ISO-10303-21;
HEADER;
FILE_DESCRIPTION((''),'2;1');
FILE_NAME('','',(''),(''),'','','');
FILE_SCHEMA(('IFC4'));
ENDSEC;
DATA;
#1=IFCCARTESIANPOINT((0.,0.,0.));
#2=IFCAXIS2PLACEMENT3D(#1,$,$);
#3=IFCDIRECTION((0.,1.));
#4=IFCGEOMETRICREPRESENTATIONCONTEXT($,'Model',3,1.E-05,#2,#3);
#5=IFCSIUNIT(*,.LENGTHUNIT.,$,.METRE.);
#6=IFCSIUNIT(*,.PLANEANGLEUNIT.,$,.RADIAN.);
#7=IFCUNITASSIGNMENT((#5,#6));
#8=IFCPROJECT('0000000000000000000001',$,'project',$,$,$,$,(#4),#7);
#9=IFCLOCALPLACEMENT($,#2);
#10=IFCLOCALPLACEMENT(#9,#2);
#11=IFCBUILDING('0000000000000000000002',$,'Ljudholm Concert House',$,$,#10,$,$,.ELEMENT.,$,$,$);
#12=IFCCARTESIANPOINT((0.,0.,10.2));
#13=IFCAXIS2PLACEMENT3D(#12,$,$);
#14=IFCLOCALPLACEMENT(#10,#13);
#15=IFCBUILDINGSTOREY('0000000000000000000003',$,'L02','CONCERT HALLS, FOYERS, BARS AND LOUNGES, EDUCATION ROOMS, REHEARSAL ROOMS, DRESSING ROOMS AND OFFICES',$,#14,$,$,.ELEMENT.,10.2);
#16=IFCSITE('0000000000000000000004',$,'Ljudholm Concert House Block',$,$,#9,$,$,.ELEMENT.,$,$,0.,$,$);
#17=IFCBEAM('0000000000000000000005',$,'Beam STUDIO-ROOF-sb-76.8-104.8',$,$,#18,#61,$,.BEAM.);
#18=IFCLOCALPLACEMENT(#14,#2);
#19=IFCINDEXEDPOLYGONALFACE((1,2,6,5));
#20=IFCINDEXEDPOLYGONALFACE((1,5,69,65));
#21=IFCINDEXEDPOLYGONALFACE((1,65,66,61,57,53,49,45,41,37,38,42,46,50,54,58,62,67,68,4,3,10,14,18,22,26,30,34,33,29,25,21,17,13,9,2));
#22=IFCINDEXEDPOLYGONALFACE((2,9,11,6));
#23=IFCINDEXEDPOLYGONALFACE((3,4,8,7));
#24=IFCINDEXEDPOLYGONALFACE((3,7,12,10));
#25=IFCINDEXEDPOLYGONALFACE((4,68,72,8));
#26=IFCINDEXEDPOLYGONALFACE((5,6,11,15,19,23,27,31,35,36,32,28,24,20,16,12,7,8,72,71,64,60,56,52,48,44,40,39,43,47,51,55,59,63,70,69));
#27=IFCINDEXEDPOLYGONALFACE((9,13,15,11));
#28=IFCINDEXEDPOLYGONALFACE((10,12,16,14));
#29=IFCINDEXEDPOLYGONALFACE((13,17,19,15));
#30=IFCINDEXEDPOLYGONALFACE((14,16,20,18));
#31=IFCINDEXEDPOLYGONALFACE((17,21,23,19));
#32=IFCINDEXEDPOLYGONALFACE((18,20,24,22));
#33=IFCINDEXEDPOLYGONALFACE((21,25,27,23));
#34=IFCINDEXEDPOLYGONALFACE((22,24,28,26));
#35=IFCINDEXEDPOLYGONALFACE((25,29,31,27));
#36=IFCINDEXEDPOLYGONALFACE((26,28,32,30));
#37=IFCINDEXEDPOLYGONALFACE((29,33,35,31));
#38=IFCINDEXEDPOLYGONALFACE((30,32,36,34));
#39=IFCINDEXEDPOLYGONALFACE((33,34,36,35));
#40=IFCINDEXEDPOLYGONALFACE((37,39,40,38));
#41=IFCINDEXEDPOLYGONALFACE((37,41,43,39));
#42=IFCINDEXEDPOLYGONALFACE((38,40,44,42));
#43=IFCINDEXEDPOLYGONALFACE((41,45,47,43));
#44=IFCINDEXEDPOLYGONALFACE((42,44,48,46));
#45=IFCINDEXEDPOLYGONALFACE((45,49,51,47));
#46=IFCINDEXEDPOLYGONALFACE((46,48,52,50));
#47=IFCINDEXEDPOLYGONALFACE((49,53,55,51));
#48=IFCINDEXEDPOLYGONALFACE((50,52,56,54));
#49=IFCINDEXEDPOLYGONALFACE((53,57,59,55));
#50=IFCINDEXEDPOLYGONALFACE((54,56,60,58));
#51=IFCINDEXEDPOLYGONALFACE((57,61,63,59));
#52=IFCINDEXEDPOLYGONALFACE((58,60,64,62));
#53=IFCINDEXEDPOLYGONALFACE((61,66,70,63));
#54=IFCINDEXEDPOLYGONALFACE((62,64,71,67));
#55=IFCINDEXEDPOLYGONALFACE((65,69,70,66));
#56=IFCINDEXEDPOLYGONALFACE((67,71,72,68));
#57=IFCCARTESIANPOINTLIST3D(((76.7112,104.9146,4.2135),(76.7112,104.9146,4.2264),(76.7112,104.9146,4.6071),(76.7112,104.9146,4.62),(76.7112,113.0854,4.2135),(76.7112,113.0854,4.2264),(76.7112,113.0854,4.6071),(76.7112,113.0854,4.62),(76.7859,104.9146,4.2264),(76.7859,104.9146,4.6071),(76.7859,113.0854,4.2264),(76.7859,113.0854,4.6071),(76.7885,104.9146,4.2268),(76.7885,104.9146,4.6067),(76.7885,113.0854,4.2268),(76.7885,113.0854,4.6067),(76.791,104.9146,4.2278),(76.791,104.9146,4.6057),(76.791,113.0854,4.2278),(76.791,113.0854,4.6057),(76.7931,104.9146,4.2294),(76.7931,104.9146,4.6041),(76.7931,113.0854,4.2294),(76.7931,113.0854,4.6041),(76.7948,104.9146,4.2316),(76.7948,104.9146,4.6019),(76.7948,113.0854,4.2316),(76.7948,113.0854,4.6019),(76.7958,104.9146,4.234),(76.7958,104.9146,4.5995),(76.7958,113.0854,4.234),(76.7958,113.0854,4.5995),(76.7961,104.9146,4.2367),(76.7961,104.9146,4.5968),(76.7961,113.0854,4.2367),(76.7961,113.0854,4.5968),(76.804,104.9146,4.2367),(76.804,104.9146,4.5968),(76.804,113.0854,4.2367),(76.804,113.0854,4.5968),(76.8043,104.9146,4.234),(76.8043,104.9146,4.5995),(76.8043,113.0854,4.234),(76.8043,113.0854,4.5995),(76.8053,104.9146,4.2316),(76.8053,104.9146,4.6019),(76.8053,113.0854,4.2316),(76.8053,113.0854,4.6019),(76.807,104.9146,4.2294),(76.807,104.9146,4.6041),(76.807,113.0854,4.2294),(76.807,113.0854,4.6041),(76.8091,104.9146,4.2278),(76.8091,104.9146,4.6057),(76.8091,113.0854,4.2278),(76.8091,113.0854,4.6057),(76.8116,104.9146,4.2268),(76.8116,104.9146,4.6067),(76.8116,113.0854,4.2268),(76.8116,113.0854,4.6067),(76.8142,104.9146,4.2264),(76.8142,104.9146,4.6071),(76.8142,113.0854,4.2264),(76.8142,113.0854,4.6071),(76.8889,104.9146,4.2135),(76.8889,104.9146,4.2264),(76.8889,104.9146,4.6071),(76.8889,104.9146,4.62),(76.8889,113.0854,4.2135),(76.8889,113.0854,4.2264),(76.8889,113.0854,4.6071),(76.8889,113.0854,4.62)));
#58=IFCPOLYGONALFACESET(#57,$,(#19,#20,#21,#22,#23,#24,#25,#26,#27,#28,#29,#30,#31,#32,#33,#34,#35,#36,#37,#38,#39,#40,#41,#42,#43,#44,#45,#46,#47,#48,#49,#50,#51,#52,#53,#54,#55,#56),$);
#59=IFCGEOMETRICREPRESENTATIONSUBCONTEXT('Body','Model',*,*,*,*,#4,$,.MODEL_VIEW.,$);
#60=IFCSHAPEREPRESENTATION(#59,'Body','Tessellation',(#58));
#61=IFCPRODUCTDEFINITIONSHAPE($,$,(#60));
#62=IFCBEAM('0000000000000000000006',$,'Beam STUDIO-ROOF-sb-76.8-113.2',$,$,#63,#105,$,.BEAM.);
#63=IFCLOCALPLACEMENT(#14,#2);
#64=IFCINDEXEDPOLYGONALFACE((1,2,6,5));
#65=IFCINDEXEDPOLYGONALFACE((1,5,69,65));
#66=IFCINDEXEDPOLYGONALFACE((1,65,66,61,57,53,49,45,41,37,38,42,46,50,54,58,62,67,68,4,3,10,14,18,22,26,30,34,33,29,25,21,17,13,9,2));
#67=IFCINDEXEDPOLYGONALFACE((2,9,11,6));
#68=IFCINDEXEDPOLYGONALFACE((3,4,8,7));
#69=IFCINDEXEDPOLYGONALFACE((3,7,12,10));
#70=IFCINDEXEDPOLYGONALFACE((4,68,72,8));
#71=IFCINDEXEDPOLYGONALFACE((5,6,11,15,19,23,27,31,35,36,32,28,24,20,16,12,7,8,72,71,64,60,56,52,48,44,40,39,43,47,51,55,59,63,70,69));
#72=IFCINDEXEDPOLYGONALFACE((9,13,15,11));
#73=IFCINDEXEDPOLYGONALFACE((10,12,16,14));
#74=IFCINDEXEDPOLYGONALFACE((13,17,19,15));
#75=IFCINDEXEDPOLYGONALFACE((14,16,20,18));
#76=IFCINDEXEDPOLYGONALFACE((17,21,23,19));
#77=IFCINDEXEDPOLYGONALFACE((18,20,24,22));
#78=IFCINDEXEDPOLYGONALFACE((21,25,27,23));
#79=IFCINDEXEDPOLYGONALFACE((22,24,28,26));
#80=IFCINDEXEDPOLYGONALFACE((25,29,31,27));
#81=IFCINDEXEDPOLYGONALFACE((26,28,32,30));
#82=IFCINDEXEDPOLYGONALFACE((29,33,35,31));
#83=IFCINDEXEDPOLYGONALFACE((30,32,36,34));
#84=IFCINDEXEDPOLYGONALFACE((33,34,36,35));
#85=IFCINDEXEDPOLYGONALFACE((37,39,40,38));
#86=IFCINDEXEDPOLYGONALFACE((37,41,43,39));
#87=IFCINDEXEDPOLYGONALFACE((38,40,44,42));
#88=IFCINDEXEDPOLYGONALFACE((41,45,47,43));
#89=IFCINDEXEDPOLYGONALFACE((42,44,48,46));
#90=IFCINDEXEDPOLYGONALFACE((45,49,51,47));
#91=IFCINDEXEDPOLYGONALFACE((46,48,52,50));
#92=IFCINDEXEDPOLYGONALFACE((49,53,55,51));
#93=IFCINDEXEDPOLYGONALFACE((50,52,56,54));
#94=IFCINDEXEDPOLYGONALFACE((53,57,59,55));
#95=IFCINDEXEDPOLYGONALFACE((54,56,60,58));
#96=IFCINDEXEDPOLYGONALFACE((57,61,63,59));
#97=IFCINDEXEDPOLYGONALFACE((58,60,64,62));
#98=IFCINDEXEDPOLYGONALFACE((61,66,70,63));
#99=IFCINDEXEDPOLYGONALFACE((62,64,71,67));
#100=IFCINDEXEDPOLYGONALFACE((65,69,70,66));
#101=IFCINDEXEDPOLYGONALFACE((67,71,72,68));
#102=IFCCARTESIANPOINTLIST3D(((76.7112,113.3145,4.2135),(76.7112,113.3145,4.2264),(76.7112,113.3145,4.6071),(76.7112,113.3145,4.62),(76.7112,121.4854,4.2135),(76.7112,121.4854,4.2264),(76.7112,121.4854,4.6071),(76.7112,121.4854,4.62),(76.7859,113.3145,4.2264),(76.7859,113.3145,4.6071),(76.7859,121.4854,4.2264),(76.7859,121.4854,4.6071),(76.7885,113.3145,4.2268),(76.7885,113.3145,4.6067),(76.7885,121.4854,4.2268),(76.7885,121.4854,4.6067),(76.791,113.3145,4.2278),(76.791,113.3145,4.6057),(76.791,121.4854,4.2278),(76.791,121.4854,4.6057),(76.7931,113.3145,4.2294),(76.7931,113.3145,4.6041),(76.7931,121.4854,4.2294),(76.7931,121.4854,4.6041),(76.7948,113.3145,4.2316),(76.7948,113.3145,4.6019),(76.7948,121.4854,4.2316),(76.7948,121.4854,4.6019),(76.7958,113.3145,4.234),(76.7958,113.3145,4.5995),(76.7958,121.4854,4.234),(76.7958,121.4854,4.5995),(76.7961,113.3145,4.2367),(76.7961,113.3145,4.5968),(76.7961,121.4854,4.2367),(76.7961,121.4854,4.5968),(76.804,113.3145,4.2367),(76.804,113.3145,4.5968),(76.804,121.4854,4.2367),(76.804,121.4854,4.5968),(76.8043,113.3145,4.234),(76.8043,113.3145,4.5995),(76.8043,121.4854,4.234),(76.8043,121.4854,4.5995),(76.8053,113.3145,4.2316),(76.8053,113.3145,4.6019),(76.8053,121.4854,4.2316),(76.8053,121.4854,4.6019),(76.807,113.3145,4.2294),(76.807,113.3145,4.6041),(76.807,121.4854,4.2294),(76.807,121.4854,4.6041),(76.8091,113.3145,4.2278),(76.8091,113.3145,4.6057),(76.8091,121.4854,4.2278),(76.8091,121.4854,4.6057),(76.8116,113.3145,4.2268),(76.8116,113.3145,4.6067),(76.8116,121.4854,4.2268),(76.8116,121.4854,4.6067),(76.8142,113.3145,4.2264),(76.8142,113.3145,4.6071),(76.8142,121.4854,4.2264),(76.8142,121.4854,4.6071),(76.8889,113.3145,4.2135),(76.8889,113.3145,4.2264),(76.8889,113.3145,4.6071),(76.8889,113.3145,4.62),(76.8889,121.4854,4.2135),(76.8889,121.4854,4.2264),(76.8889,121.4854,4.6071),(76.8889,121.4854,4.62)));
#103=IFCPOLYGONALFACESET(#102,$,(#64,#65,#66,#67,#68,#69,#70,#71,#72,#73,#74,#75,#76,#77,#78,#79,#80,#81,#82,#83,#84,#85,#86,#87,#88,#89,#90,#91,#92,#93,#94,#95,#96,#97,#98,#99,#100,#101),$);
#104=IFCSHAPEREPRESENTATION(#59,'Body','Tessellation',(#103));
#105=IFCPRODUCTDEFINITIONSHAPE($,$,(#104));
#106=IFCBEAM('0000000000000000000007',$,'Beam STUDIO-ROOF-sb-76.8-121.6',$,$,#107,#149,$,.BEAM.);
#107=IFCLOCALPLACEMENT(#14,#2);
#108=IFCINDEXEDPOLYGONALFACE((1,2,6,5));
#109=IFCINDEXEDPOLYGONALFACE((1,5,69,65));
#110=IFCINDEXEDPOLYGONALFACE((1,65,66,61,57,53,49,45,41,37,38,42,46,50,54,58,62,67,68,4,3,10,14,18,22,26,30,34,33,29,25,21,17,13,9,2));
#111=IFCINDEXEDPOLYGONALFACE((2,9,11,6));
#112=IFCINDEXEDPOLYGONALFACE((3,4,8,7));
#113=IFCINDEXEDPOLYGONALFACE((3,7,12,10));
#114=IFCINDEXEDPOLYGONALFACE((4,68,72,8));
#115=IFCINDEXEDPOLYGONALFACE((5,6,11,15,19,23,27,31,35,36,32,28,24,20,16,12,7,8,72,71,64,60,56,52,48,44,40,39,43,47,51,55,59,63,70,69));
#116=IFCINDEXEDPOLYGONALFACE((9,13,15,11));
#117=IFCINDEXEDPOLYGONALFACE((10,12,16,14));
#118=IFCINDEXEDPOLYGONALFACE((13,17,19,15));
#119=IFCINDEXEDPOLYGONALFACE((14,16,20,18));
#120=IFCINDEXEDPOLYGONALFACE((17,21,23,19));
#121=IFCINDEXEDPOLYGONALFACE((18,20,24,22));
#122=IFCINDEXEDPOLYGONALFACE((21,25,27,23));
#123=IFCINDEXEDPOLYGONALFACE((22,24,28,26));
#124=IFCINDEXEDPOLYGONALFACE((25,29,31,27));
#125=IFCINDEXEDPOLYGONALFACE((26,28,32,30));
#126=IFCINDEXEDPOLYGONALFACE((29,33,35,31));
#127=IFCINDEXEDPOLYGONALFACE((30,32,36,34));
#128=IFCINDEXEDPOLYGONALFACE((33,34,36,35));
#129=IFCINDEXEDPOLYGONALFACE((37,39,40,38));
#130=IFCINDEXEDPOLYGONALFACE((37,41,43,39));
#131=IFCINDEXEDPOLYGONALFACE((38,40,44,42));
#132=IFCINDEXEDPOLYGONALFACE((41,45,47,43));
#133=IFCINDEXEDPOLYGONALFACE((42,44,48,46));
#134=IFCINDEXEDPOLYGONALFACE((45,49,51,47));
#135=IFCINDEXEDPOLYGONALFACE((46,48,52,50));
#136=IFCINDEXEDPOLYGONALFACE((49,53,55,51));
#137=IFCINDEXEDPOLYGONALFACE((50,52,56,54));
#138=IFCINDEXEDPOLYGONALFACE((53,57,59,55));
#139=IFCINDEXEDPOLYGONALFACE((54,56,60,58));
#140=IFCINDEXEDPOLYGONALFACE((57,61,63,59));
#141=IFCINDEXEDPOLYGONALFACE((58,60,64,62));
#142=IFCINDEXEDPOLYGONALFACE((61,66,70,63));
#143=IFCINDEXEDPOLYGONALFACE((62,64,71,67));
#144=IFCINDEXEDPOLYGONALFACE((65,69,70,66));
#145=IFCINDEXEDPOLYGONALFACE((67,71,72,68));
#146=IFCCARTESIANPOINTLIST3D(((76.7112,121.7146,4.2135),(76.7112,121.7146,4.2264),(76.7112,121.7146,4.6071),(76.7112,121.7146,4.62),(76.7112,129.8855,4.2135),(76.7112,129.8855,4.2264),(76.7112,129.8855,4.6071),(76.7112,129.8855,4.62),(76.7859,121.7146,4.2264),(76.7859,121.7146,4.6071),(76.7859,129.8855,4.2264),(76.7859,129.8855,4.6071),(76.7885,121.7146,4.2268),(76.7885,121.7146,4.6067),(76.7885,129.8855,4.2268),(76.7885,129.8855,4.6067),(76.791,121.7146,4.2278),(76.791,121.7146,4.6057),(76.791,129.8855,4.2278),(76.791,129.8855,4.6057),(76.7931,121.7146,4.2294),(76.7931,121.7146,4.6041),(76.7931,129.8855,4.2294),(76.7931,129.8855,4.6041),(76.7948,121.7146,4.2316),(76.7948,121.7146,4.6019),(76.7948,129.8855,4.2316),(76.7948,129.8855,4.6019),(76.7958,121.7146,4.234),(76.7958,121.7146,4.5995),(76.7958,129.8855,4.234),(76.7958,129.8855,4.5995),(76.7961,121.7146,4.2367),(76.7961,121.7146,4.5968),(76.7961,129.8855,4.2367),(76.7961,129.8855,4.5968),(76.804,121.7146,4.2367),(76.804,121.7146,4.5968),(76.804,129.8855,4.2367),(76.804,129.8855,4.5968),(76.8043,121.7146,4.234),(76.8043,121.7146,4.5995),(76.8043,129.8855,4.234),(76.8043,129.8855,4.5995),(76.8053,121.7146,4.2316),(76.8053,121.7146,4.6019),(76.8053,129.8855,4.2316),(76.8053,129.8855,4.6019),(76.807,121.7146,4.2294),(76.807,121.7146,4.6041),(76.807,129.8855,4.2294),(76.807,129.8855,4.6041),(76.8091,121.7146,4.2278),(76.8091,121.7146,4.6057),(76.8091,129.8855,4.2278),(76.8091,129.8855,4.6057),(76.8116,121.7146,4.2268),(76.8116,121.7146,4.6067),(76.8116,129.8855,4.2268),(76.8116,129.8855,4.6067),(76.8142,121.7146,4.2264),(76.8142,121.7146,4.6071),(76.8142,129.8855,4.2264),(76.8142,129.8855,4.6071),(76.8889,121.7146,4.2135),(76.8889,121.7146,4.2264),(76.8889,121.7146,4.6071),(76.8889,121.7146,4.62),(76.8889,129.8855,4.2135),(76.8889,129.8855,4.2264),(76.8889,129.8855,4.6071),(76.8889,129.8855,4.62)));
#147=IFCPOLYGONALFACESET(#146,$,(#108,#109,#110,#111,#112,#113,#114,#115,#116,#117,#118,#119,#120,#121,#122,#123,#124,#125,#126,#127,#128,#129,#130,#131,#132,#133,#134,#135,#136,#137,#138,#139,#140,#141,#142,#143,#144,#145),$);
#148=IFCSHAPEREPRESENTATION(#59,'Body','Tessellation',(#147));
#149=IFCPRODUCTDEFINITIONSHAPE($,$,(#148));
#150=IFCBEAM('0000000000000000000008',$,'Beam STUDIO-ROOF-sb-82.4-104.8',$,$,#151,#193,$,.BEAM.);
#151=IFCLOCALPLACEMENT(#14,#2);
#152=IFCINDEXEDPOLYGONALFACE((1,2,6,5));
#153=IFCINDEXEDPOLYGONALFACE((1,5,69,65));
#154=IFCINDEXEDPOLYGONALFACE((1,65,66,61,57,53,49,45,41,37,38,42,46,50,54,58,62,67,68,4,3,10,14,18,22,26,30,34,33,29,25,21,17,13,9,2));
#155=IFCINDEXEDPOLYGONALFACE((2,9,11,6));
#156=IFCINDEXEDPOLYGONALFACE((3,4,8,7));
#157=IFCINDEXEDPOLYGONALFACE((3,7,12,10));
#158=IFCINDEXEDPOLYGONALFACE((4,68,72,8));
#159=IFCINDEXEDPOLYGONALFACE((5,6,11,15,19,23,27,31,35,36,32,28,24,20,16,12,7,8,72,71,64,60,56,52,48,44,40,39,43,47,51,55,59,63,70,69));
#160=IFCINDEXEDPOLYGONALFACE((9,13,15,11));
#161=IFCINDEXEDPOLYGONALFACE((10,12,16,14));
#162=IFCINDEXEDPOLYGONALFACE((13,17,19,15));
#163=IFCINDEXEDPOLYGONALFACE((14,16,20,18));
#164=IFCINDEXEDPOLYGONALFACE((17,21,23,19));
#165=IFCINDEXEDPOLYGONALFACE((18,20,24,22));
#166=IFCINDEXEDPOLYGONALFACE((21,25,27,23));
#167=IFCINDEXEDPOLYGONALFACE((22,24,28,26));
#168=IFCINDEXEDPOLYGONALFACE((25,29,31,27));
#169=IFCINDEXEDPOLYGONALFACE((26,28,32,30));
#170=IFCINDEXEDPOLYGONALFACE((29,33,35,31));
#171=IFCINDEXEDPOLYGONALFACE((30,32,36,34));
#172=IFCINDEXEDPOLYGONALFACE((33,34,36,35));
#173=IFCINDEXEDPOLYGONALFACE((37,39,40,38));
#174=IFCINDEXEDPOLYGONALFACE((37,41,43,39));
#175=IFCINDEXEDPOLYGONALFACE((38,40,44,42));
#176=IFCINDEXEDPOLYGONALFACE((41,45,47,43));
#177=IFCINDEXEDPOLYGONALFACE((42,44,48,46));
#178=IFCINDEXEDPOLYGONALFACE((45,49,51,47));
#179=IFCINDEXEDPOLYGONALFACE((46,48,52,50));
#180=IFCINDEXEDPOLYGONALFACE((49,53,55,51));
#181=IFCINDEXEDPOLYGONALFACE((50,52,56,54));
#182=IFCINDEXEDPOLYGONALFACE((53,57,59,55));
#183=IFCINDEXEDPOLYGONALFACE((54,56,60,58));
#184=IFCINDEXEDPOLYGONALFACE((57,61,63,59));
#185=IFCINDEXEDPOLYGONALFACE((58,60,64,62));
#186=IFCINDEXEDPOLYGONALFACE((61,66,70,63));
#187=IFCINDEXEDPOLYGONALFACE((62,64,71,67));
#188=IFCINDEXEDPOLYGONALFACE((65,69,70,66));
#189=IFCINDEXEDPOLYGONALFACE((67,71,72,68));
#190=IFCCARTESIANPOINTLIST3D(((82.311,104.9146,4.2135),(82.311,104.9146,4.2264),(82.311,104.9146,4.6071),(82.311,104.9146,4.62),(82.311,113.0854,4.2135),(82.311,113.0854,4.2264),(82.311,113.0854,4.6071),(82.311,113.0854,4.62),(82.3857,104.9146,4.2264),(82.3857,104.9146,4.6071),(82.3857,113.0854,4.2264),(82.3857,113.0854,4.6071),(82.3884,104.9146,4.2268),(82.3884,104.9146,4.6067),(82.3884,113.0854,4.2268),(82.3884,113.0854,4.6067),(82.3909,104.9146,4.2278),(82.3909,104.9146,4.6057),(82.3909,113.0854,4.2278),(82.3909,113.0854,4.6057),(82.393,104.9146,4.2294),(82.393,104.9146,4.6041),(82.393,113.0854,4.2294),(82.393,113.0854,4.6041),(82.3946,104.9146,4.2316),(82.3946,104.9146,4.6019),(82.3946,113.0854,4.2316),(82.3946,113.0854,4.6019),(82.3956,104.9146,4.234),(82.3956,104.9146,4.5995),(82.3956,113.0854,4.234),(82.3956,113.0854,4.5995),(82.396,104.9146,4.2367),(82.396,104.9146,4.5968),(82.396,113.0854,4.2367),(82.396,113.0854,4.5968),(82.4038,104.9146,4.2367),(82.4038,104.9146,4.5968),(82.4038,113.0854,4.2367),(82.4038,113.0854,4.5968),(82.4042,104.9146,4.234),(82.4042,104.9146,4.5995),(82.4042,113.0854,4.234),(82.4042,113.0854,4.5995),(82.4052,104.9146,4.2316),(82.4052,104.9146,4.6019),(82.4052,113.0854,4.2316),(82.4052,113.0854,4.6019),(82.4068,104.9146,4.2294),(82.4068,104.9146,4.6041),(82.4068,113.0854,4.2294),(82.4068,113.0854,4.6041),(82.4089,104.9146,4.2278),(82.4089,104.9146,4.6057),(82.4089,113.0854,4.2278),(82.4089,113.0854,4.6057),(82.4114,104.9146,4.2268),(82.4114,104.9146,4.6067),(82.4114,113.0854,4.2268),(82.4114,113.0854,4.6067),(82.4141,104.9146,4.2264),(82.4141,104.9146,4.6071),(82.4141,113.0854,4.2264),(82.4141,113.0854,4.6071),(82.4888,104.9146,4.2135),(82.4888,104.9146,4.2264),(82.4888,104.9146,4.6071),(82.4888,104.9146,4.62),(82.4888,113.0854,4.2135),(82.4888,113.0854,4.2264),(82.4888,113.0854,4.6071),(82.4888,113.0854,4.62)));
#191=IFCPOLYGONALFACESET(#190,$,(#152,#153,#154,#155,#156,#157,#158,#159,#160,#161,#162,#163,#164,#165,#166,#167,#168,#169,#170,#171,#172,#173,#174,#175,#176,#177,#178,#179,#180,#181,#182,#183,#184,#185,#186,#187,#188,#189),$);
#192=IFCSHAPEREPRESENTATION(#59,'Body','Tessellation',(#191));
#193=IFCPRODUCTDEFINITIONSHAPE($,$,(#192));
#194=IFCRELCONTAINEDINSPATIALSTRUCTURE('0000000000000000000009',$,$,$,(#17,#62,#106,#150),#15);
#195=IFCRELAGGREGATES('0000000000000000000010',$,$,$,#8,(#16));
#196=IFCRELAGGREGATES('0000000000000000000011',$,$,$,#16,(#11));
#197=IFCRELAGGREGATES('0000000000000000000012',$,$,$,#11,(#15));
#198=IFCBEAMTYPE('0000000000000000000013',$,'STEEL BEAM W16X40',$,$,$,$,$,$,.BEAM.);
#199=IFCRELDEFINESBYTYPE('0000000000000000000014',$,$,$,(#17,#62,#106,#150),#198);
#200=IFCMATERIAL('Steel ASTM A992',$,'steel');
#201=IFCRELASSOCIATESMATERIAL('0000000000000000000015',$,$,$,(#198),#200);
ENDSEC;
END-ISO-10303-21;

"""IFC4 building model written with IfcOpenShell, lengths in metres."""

from ifc_helpers import new_model, si_unit, direction, frame, origin, origin_2d, place, context, subcontext, project, spatial, i_section, extrude, material, material_profile, profile_set, type_object, element, save


model = new_model("IFC4")

# Units and contexts
model_context = context("Model", 3, precision=1e-05, world=origin(), true_north=direction((0.0, 1.0)))
body_context = subcontext(model_context, "Body", "Model", "MODEL_VIEW")
ifc_project = project(units=[si_unit("LENGTHUNIT", "METRE"), si_unit("PLANEANGLEUNIT", "RADIAN")], contexts=[model_context])

# Site, building, storey
site_placement = place(None, origin())
site = spatial("IfcSite", under=ifc_project, at=site_placement, Name="Ljudholm Concert House Block", CompositionType="ELEMENT", RefElevation=0.0)
building_placement = place(site_placement, origin())
building = spatial("IfcBuilding", under=site, at=building_placement, Name="Ljudholm Concert House", CompositionType="ELEMENT")
storey_placement = place(building_placement, frame((0.0, 0.0, 10.2)))
storey = spatial("IfcBuildingStorey", under=building, at=storey_placement, Name="L02", Description="CONCERT HALLS, FOYERS, BARS AND LOUNGES, EDUCATION ROOMS, REHEARSAL ROOMS, DRESSING ROOMS AND OFFICES", CompositionType="ELEMENT", Elevation=10.2)

# Beams
ifc_material_1 = material(Name="Steel ASTM A992", Category="steel")
ifc_material_profile_1 = material_profile(ifc_material_1, i_section(OverallWidth=0.1777, OverallDepth=0.4065, WebThickness=0.0078, FlangeThickness=0.0129, FilletRadius=0.0103, at=origin_2d()), Name="W16X40")
ifc_profile_set_1 = profile_set([ifc_material_profile_1], Name="Steel ASTM A992")
beam_type_1 = type_object("IfcBeamType", Name="STEEL BEAM W16X40", PredefinedType="BEAM", material=ifc_profile_set_1)
for number, where, z_axis, x_axis, name in (
    (1, (76.8, 104.9146, 4.4167), (0.0, 1.0, 0.0), (-1.0, 0.0, 0.0), "Beam STUDIO-ROOF-sb-76.8-104.8"),
    (2, (76.8, 113.3145, 4.4167), (0.0, 1.0, 0.0), (-1.0, 0.0, 0.0), "Beam STUDIO-ROOF-sb-76.8-113.2"),
    (3, (76.8, 121.7146, 4.4167), (0.0, 1.0, 0.0), (-1.0, 0.0, 0.0), "Beam STUDIO-ROOF-sb-76.8-121.6"),
    (4, (82.3999, 104.9146, 4.4167), (0.0, 1.0, 0.0), (-1.0, 0.0, 0.0), "Beam STUDIO-ROOF-sb-82.4-104.8"),
):
    element("IfcBeam", number, at=place(storey_placement, frame(where, z_axis=z_axis, x_axis=x_axis)), inside=storey, type_object=beam_type_1, Name=name, PredefinedType="BEAM", context=body_context, shape_type="SweptSolid", body=[
        extrude(i_section(OverallWidth=0.1777, OverallDepth=0.4065, WebThickness=0.0078, FlangeThickness=0.0129, FilletRadius=0.0103, at=origin_2d()), origin(), (0.0, 0.0, 1.0), 8.1709),
    ])

save(model, "model.ifc")
